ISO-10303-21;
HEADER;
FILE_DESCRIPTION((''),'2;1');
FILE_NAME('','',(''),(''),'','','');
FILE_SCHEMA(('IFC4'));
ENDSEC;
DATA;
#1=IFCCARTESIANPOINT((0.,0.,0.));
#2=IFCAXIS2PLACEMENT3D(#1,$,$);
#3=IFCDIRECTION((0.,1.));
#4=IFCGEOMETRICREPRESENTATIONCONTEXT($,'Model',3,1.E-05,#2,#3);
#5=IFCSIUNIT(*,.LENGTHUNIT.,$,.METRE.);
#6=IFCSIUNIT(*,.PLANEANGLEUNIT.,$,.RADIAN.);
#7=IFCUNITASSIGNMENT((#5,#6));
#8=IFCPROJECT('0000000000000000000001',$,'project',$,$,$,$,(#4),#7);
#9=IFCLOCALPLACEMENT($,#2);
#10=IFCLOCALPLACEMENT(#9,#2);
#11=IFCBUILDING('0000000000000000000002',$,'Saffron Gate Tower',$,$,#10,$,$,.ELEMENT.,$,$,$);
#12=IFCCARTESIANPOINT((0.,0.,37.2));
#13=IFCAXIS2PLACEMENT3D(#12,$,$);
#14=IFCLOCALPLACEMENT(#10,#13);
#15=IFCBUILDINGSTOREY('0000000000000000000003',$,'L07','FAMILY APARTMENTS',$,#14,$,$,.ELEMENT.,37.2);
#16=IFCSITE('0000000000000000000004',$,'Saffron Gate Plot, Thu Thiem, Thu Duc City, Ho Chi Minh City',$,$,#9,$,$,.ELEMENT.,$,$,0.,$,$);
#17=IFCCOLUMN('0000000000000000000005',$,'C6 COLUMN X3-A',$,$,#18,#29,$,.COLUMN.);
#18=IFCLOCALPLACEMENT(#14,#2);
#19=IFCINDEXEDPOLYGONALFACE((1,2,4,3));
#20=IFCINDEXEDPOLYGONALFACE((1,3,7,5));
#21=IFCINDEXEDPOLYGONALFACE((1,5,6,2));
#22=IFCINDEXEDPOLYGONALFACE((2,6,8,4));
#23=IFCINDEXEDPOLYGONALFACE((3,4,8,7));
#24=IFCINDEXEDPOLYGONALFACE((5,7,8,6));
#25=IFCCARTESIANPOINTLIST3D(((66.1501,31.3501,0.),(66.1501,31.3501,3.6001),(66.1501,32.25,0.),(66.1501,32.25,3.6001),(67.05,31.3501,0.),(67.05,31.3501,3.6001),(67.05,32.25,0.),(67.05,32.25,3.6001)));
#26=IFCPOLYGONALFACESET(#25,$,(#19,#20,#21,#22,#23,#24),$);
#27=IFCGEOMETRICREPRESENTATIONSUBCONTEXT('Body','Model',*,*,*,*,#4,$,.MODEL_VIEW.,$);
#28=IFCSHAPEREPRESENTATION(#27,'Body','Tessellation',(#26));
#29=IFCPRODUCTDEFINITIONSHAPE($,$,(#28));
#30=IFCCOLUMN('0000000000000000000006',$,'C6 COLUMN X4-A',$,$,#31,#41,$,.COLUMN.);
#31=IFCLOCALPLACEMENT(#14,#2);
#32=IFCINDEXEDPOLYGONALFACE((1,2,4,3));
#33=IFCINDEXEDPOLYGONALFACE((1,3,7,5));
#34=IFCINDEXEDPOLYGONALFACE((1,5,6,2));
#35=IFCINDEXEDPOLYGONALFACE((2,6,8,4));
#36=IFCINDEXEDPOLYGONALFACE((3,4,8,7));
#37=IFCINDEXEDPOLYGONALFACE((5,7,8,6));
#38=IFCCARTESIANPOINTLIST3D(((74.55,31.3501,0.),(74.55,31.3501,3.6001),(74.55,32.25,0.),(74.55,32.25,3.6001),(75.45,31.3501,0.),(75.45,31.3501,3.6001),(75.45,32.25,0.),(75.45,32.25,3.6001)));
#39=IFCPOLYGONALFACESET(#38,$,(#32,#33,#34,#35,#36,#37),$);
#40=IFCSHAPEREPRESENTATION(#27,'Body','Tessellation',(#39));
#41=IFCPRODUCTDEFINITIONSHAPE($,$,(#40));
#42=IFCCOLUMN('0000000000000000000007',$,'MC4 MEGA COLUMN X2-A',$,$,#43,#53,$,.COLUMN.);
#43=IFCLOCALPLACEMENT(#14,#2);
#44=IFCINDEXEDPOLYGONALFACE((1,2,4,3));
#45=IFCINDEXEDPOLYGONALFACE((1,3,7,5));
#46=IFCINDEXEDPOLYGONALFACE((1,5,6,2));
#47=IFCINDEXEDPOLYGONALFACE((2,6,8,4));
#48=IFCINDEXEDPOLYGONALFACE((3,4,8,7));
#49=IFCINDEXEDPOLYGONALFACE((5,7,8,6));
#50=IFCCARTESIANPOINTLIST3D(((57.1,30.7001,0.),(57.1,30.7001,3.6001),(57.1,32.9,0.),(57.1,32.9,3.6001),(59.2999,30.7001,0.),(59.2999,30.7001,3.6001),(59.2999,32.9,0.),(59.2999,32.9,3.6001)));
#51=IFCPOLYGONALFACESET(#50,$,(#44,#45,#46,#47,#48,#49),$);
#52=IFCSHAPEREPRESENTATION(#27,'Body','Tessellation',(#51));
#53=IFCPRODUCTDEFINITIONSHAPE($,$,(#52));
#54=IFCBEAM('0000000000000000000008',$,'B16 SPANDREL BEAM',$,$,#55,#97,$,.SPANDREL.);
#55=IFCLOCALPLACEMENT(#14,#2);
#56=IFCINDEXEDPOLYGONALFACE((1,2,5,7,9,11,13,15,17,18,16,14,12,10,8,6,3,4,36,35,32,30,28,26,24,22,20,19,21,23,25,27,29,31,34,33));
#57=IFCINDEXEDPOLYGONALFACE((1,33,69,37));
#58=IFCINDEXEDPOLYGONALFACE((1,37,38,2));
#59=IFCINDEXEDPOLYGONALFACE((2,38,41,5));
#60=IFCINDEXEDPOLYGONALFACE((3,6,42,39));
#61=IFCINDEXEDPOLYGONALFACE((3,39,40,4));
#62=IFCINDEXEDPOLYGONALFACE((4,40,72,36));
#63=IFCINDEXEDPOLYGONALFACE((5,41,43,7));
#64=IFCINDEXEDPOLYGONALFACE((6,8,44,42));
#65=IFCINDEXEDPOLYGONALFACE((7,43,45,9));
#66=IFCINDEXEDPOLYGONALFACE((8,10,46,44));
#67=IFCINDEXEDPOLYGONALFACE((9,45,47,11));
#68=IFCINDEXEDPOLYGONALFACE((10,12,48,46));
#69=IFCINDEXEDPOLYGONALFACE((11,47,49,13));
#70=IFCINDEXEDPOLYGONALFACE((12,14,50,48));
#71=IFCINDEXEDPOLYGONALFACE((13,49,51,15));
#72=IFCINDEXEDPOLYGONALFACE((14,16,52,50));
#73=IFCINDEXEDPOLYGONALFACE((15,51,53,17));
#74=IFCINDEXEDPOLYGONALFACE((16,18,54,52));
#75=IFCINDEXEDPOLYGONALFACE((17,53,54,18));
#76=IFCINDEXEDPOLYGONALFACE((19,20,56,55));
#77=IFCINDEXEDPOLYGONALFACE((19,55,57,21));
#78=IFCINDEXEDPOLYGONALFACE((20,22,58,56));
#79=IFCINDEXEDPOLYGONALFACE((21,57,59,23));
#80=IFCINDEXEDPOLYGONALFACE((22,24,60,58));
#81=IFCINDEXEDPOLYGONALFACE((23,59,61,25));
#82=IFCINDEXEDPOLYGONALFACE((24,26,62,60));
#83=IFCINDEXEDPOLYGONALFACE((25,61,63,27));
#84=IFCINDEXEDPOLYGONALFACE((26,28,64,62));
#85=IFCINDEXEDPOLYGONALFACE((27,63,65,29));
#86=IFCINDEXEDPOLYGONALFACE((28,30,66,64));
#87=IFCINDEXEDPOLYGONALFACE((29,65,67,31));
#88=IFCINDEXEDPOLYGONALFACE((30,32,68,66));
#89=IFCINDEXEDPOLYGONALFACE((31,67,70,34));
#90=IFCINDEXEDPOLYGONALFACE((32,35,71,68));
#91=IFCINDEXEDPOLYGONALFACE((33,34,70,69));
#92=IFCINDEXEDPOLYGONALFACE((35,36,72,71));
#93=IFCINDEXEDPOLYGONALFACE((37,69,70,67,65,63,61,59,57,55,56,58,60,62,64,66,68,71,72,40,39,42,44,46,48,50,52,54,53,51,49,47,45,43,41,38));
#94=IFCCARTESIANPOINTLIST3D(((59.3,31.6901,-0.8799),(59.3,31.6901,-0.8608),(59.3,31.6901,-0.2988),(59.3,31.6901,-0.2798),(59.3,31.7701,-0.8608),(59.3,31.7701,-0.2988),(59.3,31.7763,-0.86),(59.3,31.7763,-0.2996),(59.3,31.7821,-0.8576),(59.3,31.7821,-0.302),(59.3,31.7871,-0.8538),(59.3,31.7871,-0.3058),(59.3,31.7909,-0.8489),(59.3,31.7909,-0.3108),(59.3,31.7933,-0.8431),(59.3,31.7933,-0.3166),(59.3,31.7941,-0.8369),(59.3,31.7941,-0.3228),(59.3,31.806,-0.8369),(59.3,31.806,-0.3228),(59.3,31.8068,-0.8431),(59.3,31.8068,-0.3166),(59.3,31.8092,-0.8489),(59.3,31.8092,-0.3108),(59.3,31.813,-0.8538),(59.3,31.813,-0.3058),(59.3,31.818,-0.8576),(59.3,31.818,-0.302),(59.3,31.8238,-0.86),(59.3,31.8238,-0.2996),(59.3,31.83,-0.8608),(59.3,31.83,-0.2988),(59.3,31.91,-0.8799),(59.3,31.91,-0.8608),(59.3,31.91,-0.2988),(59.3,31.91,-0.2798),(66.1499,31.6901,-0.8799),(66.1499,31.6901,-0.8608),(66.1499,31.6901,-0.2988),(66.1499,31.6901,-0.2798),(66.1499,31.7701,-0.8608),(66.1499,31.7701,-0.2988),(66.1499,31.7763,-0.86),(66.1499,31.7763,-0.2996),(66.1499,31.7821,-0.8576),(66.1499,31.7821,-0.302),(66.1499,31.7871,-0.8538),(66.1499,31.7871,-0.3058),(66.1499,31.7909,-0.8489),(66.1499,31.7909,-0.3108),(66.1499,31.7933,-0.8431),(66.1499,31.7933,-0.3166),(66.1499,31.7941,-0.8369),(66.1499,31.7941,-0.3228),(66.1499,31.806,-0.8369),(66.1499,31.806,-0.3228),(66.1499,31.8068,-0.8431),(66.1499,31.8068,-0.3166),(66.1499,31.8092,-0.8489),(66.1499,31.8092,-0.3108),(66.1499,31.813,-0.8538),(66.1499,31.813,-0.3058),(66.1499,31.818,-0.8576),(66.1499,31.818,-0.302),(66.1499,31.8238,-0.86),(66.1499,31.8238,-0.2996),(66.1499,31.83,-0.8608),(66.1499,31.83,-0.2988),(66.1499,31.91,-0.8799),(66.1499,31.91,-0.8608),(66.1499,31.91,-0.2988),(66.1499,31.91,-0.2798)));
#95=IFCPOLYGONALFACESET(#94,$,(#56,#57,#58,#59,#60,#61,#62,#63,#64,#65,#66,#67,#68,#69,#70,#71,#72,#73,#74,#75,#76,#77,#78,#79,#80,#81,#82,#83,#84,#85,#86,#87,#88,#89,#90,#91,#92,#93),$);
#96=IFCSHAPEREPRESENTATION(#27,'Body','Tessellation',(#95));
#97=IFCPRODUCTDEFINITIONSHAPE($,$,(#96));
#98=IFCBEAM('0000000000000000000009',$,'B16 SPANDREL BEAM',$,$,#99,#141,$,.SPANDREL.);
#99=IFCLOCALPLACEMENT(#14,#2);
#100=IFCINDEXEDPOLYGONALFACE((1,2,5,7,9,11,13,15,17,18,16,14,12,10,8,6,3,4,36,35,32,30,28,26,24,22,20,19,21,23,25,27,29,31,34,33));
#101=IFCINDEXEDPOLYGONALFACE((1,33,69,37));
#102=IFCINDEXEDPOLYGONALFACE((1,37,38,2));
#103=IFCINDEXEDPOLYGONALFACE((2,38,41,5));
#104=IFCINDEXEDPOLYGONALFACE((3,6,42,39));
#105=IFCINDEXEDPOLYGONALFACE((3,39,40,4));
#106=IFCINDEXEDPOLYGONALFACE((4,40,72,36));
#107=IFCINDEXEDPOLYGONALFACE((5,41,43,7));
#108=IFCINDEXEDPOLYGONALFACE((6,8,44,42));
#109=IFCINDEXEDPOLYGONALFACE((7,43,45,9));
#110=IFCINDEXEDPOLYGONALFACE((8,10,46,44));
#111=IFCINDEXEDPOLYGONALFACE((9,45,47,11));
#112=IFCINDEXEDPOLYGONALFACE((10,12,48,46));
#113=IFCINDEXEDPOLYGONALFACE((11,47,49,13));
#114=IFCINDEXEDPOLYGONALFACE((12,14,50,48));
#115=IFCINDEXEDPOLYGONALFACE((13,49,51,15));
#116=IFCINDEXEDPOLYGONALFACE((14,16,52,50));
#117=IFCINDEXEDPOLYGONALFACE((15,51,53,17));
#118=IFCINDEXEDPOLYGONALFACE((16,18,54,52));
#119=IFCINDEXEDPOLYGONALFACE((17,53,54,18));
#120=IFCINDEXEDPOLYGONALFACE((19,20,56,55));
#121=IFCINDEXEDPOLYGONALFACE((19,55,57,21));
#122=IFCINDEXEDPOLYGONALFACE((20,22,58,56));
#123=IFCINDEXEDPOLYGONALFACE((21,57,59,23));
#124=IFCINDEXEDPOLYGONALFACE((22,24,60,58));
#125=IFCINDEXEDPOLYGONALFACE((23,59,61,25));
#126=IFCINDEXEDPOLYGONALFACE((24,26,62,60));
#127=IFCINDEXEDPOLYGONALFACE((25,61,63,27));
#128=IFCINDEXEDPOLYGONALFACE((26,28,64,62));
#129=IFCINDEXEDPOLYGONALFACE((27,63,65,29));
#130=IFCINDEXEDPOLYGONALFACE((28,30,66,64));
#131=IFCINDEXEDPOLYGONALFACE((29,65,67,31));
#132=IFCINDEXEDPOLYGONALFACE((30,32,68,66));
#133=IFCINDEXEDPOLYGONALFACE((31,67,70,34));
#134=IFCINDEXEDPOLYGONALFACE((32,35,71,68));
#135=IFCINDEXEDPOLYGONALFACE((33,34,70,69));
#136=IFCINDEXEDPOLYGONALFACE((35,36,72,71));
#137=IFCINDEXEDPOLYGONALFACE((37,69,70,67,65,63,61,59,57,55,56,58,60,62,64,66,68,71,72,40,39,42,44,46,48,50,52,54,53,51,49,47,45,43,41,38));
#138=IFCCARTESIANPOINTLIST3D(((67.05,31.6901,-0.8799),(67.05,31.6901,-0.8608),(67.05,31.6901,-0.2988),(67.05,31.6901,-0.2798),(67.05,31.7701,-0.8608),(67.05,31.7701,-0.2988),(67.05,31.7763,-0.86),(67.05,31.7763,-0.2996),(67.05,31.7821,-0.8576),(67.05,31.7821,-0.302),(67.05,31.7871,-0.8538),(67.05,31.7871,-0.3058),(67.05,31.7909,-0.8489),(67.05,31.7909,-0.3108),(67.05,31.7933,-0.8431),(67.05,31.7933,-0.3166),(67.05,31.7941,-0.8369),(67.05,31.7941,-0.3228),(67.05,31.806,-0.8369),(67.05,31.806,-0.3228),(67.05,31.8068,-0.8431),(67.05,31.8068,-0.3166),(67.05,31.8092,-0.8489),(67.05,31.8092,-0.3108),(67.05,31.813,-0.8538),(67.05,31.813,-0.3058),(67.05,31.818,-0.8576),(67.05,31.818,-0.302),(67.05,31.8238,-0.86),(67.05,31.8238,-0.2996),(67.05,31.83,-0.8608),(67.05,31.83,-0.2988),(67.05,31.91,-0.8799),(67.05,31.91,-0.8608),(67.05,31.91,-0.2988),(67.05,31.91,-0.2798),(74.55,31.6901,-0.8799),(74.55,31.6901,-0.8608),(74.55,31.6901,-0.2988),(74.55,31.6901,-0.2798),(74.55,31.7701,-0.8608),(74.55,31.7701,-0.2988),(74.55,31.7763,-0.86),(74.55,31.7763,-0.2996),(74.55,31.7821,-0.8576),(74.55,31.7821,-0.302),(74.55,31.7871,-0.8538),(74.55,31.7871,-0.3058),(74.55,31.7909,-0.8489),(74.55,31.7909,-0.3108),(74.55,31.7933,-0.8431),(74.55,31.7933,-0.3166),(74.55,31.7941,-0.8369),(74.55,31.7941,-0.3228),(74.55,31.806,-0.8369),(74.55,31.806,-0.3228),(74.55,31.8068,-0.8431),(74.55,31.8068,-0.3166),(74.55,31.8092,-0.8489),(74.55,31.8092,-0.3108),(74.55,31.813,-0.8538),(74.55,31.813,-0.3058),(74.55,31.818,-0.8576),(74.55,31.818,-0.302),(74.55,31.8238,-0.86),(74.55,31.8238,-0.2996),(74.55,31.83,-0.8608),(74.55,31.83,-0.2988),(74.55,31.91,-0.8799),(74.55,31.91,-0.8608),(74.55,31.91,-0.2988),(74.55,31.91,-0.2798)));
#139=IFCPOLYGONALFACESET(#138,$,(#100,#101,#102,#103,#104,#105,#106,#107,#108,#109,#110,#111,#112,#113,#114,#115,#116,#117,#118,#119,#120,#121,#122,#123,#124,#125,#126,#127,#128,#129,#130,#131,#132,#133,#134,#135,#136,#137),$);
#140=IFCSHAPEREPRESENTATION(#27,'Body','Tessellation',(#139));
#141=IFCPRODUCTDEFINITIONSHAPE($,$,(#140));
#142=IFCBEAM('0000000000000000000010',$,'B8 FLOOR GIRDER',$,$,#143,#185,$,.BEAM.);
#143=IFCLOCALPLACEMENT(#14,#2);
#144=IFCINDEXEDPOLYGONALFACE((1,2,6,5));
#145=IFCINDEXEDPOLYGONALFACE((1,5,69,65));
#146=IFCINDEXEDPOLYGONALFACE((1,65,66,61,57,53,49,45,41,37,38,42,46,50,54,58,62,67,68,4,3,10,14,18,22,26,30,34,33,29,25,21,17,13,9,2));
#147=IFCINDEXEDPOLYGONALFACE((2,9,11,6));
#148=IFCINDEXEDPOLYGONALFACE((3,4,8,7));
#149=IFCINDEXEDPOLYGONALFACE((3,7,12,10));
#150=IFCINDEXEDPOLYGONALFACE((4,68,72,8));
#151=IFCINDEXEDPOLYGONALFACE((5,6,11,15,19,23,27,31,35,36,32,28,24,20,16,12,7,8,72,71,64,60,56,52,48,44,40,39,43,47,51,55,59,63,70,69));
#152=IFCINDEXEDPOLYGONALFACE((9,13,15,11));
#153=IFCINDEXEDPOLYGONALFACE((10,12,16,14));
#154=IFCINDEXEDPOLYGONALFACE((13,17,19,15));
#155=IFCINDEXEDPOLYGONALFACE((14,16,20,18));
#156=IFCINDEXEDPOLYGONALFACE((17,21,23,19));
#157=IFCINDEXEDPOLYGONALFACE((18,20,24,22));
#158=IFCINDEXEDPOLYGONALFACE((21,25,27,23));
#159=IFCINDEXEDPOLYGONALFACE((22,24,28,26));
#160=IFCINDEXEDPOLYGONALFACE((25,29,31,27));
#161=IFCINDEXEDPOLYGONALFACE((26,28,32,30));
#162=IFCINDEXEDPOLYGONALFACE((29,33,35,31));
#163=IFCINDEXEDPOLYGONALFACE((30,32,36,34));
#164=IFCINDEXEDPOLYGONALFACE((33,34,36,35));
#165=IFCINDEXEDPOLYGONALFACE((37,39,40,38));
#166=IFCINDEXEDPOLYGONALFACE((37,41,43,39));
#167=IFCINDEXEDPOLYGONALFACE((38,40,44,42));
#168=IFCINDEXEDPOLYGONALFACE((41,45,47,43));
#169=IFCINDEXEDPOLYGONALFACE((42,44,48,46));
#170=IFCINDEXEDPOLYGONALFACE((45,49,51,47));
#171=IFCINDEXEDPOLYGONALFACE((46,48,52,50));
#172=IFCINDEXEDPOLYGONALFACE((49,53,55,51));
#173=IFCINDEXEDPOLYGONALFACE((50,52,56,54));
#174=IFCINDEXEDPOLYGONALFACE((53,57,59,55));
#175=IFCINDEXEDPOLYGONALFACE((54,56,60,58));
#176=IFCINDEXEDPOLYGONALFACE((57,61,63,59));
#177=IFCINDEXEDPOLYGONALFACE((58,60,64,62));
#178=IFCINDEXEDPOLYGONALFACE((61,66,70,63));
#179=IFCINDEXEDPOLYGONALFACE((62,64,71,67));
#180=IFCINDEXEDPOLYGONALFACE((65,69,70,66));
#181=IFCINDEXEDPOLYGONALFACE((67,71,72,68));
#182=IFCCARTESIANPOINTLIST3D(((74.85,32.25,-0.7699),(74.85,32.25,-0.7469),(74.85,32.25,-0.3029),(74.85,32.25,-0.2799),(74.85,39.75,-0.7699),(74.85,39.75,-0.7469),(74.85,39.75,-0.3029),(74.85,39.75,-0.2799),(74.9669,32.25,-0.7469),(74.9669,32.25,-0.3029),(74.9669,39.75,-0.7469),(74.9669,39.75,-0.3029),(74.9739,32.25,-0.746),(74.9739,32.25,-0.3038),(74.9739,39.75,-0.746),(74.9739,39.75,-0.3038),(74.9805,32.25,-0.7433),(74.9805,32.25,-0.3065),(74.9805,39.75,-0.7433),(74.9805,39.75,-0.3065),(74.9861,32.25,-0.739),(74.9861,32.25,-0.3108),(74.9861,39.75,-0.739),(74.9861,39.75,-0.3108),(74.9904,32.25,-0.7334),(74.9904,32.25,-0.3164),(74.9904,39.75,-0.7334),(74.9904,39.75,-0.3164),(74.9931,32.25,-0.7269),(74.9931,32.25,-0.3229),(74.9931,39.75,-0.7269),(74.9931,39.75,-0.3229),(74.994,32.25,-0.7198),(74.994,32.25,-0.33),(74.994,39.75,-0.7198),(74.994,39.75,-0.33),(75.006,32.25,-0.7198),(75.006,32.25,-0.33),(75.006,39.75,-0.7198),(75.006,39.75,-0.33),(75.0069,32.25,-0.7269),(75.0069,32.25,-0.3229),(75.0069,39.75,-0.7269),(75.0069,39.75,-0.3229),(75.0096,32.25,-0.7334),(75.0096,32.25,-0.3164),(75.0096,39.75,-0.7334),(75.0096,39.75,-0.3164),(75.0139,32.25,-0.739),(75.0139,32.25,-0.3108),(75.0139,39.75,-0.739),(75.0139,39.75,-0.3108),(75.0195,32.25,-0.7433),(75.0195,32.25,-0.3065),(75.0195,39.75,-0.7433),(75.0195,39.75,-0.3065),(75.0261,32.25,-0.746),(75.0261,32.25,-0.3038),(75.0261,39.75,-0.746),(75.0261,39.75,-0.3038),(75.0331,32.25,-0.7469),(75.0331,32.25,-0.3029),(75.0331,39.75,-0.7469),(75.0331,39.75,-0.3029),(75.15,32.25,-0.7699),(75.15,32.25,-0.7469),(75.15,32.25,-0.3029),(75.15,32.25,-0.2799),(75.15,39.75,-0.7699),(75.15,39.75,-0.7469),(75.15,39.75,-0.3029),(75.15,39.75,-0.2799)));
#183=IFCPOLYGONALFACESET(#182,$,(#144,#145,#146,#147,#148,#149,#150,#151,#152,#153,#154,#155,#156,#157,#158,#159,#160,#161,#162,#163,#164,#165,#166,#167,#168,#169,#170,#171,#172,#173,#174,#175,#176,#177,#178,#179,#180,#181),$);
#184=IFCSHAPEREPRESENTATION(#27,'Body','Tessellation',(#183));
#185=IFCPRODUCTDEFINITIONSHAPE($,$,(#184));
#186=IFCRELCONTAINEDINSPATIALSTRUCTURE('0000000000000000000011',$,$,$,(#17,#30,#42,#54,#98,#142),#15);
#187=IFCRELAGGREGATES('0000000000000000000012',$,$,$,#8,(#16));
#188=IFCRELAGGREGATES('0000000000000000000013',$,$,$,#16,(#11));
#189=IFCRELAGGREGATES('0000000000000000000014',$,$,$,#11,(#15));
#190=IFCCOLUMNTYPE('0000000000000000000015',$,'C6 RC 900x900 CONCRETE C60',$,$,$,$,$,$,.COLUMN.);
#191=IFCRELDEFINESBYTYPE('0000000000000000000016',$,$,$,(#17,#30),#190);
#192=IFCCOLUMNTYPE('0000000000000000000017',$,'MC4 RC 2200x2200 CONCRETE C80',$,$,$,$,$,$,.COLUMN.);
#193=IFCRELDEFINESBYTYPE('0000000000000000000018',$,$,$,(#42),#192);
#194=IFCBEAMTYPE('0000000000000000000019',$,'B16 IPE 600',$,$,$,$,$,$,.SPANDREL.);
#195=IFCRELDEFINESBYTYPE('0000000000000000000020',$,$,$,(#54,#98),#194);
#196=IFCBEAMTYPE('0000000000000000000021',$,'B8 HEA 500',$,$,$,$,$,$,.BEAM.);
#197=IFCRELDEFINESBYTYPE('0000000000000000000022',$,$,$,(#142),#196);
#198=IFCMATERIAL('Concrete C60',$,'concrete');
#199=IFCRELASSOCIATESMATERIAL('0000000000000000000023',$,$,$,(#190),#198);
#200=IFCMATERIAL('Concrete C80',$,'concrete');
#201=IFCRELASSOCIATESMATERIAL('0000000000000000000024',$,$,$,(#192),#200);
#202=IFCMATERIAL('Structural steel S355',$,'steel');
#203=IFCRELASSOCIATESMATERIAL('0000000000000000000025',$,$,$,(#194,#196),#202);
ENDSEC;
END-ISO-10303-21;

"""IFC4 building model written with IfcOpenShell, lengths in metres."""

from ifc_helpers import new_model, si_unit, direction, frame, origin, origin_2d, place, context, subcontext, project, spatial, rectangle, i_section, extrude, material, material_profile, profile_set, type_object, element, save


model = new_model("IFC4")

# Units and contexts
model_context = context("Model", 3, precision=1e-05, world=origin(), true_north=direction((0.0, 1.0)))
body_context = subcontext(model_context, "Body", "Model", "MODEL_VIEW")
ifc_project = project(units=[si_unit("LENGTHUNIT", "METRE"), si_unit("PLANEANGLEUNIT", "RADIAN")], contexts=[model_context])

# Site, building, storey
site_placement = place(None, origin())
site = spatial("IfcSite", under=ifc_project, at=site_placement, Name="Saffron Gate Plot, Thu Thiem, Thu Duc City, Ho Chi Minh City", CompositionType="ELEMENT", RefElevation=0.0)
building_placement = place(site_placement, origin())
building = spatial("IfcBuilding", under=site, at=building_placement, Name="Saffron Gate Tower", CompositionType="ELEMENT")
storey_placement = place(building_placement, frame((0.0, 0.0, 37.2)))
storey = spatial("IfcBuildingStorey", under=building, at=storey_placement, Name="L07", Description="FAMILY APARTMENTS", CompositionType="ELEMENT", Elevation=37.2)

# Columns
ifc_material_1 = material(Name="Concrete C60", Category="concrete")
ifc_material_profile_1 = material_profile(ifc_material_1, rectangle(XDim=0.8999, YDim=0.8999, at=origin_2d()))
ifc_profile_set_1 = profile_set([ifc_material_profile_1], Name="Concrete C60")
column_type_1 = type_object("IfcColumnType", Name="C6 RC 900x900 CONCRETE C60", PredefinedType="COLUMN", material=ifc_profile_set_1)
for number, where, z_axis, x_axis, name in (
    (1, (66.6001, 31.8, 0.0), (0.0, 0.0, 1.0), (1.0, 0.0, 0.0), "C6 COLUMN X3-A"),
    (2, (75.0, 31.8, 0.0), (0.0, 0.0, 1.0), (1.0, 0.0, 0.0), "C6 COLUMN X4-A"),
):
    element("IfcColumn", number, at=place(storey_placement, frame(where, z_axis=z_axis, x_axis=x_axis)), inside=storey, type_object=column_type_1, Name=name, PredefinedType="COLUMN", context=body_context, shape_type="SweptSolid", body=[
        extrude(rectangle(XDim=0.8999, YDim=0.8999, at=origin_2d()), origin(), (0.0, 0.0, 1.0), 3.6001),
    ])
ifc_material_2 = material(Name="Concrete C80", Category="concrete")
ifc_material_profile_2 = material_profile(ifc_material_2, rectangle(XDim=2.2, YDim=2.2, at=origin_2d()))
ifc_profile_set_2 = profile_set([ifc_material_profile_2], Name="Concrete C80")
column_type_2 = type_object("IfcColumnType", Name="MC4 RC 2200x2200 CONCRETE C80", PredefinedType="COLUMN", material=ifc_profile_set_2)
column_placement = place(storey_placement, frame((58.2, 31.8, 0.0), z_axis=(0.0, 0.0, 1.0), x_axis=(1.0, 0.0, 0.0)))
element("IfcColumn", 3, at=column_placement, inside=storey, type_object=column_type_2, Name="MC4 MEGA COLUMN X2-A", PredefinedType="COLUMN", context=body_context, shape_type="SweptSolid", body=[
    extrude(rectangle(XDim=2.2, YDim=2.2, at=origin_2d()), origin(), (0.0, 0.0, 1.0), 3.6001),
])

# Beams
ifc_material_3 = material(Name="Structural steel S355", Category="steel")
ifc_material_profile_3 = material_profile(ifc_material_3, i_section(OverallWidth=0.22, OverallDepth=0.6001, WebThickness=0.012, FlangeThickness=0.019, FilletRadius=0.0239, at=origin_2d()))
ifc_profile_set_3 = profile_set([ifc_material_profile_3], Name="Structural steel S355")
beam_type_1 = type_object("IfcBeamType", Name="B16 IPE 600", PredefinedType="SPANDREL", material=ifc_profile_set_3)
beam_1_placement = place(storey_placement, frame((59.3, 31.8, -0.5798), z_axis=(1.0, 0.0, 0.0), x_axis=(0.0, 1.0, 0.0)))
element("IfcBeam", 4, at=beam_1_placement, inside=storey, type_object=beam_type_1, Name="B16 SPANDREL BEAM", PredefinedType="SPANDREL", context=body_context, shape_type="SweptSolid", body=[
    extrude(i_section(OverallWidth=0.22, OverallDepth=0.6001, WebThickness=0.012, FlangeThickness=0.019, FilletRadius=0.0239, at=origin_2d()), origin(), (0.0, 0.0, 1.0), 6.8499),
])
beam_2_placement = place(storey_placement, frame((67.05, 31.8, -0.5798), z_axis=(1.0, 0.0, 0.0), x_axis=(0.0, 1.0, 0.0)))
element("IfcBeam", 5, at=beam_2_placement, inside=storey, type_object=beam_type_1, Name="B16 SPANDREL BEAM", PredefinedType="SPANDREL", context=body_context, shape_type="SweptSolid", body=[
    extrude(i_section(OverallWidth=0.22, OverallDepth=0.6001, WebThickness=0.012, FlangeThickness=0.019, FilletRadius=0.0239, at=origin_2d()), origin(), (0.0, 0.0, 1.0), 7.5),
])
ifc_material_profile_4 = material_profile(ifc_material_3, i_section(OverallWidth=0.3, OverallDepth=0.49, WebThickness=0.012, FlangeThickness=0.0229, FilletRadius=0.0271, at=origin_2d()))
ifc_profile_set_4 = profile_set([ifc_material_profile_4], Name="Structural steel S355")
beam_type_2 = type_object("IfcBeamType", Name="B8 HEA 500", PredefinedType="BEAM", material=ifc_profile_set_4)
beam_3_placement = place(storey_placement, frame((75.0, 32.25, -0.5249), z_axis=(0.0, 1.0, 0.0), x_axis=(-1.0, 0.0, 0.0)))
element("IfcBeam", 6, at=beam_3_placement, inside=storey, type_object=beam_type_2, Name="B8 FLOOR GIRDER", PredefinedType="BEAM", context=body_context, shape_type="SweptSolid", body=[
    extrude(i_section(OverallWidth=0.3, OverallDepth=0.49, WebThickness=0.012, FlangeThickness=0.0229, FilletRadius=0.0271, at=origin_2d()), origin(), (0.0, 0.0, 1.0), 7.5),
])

save(model, "model.ifc")
